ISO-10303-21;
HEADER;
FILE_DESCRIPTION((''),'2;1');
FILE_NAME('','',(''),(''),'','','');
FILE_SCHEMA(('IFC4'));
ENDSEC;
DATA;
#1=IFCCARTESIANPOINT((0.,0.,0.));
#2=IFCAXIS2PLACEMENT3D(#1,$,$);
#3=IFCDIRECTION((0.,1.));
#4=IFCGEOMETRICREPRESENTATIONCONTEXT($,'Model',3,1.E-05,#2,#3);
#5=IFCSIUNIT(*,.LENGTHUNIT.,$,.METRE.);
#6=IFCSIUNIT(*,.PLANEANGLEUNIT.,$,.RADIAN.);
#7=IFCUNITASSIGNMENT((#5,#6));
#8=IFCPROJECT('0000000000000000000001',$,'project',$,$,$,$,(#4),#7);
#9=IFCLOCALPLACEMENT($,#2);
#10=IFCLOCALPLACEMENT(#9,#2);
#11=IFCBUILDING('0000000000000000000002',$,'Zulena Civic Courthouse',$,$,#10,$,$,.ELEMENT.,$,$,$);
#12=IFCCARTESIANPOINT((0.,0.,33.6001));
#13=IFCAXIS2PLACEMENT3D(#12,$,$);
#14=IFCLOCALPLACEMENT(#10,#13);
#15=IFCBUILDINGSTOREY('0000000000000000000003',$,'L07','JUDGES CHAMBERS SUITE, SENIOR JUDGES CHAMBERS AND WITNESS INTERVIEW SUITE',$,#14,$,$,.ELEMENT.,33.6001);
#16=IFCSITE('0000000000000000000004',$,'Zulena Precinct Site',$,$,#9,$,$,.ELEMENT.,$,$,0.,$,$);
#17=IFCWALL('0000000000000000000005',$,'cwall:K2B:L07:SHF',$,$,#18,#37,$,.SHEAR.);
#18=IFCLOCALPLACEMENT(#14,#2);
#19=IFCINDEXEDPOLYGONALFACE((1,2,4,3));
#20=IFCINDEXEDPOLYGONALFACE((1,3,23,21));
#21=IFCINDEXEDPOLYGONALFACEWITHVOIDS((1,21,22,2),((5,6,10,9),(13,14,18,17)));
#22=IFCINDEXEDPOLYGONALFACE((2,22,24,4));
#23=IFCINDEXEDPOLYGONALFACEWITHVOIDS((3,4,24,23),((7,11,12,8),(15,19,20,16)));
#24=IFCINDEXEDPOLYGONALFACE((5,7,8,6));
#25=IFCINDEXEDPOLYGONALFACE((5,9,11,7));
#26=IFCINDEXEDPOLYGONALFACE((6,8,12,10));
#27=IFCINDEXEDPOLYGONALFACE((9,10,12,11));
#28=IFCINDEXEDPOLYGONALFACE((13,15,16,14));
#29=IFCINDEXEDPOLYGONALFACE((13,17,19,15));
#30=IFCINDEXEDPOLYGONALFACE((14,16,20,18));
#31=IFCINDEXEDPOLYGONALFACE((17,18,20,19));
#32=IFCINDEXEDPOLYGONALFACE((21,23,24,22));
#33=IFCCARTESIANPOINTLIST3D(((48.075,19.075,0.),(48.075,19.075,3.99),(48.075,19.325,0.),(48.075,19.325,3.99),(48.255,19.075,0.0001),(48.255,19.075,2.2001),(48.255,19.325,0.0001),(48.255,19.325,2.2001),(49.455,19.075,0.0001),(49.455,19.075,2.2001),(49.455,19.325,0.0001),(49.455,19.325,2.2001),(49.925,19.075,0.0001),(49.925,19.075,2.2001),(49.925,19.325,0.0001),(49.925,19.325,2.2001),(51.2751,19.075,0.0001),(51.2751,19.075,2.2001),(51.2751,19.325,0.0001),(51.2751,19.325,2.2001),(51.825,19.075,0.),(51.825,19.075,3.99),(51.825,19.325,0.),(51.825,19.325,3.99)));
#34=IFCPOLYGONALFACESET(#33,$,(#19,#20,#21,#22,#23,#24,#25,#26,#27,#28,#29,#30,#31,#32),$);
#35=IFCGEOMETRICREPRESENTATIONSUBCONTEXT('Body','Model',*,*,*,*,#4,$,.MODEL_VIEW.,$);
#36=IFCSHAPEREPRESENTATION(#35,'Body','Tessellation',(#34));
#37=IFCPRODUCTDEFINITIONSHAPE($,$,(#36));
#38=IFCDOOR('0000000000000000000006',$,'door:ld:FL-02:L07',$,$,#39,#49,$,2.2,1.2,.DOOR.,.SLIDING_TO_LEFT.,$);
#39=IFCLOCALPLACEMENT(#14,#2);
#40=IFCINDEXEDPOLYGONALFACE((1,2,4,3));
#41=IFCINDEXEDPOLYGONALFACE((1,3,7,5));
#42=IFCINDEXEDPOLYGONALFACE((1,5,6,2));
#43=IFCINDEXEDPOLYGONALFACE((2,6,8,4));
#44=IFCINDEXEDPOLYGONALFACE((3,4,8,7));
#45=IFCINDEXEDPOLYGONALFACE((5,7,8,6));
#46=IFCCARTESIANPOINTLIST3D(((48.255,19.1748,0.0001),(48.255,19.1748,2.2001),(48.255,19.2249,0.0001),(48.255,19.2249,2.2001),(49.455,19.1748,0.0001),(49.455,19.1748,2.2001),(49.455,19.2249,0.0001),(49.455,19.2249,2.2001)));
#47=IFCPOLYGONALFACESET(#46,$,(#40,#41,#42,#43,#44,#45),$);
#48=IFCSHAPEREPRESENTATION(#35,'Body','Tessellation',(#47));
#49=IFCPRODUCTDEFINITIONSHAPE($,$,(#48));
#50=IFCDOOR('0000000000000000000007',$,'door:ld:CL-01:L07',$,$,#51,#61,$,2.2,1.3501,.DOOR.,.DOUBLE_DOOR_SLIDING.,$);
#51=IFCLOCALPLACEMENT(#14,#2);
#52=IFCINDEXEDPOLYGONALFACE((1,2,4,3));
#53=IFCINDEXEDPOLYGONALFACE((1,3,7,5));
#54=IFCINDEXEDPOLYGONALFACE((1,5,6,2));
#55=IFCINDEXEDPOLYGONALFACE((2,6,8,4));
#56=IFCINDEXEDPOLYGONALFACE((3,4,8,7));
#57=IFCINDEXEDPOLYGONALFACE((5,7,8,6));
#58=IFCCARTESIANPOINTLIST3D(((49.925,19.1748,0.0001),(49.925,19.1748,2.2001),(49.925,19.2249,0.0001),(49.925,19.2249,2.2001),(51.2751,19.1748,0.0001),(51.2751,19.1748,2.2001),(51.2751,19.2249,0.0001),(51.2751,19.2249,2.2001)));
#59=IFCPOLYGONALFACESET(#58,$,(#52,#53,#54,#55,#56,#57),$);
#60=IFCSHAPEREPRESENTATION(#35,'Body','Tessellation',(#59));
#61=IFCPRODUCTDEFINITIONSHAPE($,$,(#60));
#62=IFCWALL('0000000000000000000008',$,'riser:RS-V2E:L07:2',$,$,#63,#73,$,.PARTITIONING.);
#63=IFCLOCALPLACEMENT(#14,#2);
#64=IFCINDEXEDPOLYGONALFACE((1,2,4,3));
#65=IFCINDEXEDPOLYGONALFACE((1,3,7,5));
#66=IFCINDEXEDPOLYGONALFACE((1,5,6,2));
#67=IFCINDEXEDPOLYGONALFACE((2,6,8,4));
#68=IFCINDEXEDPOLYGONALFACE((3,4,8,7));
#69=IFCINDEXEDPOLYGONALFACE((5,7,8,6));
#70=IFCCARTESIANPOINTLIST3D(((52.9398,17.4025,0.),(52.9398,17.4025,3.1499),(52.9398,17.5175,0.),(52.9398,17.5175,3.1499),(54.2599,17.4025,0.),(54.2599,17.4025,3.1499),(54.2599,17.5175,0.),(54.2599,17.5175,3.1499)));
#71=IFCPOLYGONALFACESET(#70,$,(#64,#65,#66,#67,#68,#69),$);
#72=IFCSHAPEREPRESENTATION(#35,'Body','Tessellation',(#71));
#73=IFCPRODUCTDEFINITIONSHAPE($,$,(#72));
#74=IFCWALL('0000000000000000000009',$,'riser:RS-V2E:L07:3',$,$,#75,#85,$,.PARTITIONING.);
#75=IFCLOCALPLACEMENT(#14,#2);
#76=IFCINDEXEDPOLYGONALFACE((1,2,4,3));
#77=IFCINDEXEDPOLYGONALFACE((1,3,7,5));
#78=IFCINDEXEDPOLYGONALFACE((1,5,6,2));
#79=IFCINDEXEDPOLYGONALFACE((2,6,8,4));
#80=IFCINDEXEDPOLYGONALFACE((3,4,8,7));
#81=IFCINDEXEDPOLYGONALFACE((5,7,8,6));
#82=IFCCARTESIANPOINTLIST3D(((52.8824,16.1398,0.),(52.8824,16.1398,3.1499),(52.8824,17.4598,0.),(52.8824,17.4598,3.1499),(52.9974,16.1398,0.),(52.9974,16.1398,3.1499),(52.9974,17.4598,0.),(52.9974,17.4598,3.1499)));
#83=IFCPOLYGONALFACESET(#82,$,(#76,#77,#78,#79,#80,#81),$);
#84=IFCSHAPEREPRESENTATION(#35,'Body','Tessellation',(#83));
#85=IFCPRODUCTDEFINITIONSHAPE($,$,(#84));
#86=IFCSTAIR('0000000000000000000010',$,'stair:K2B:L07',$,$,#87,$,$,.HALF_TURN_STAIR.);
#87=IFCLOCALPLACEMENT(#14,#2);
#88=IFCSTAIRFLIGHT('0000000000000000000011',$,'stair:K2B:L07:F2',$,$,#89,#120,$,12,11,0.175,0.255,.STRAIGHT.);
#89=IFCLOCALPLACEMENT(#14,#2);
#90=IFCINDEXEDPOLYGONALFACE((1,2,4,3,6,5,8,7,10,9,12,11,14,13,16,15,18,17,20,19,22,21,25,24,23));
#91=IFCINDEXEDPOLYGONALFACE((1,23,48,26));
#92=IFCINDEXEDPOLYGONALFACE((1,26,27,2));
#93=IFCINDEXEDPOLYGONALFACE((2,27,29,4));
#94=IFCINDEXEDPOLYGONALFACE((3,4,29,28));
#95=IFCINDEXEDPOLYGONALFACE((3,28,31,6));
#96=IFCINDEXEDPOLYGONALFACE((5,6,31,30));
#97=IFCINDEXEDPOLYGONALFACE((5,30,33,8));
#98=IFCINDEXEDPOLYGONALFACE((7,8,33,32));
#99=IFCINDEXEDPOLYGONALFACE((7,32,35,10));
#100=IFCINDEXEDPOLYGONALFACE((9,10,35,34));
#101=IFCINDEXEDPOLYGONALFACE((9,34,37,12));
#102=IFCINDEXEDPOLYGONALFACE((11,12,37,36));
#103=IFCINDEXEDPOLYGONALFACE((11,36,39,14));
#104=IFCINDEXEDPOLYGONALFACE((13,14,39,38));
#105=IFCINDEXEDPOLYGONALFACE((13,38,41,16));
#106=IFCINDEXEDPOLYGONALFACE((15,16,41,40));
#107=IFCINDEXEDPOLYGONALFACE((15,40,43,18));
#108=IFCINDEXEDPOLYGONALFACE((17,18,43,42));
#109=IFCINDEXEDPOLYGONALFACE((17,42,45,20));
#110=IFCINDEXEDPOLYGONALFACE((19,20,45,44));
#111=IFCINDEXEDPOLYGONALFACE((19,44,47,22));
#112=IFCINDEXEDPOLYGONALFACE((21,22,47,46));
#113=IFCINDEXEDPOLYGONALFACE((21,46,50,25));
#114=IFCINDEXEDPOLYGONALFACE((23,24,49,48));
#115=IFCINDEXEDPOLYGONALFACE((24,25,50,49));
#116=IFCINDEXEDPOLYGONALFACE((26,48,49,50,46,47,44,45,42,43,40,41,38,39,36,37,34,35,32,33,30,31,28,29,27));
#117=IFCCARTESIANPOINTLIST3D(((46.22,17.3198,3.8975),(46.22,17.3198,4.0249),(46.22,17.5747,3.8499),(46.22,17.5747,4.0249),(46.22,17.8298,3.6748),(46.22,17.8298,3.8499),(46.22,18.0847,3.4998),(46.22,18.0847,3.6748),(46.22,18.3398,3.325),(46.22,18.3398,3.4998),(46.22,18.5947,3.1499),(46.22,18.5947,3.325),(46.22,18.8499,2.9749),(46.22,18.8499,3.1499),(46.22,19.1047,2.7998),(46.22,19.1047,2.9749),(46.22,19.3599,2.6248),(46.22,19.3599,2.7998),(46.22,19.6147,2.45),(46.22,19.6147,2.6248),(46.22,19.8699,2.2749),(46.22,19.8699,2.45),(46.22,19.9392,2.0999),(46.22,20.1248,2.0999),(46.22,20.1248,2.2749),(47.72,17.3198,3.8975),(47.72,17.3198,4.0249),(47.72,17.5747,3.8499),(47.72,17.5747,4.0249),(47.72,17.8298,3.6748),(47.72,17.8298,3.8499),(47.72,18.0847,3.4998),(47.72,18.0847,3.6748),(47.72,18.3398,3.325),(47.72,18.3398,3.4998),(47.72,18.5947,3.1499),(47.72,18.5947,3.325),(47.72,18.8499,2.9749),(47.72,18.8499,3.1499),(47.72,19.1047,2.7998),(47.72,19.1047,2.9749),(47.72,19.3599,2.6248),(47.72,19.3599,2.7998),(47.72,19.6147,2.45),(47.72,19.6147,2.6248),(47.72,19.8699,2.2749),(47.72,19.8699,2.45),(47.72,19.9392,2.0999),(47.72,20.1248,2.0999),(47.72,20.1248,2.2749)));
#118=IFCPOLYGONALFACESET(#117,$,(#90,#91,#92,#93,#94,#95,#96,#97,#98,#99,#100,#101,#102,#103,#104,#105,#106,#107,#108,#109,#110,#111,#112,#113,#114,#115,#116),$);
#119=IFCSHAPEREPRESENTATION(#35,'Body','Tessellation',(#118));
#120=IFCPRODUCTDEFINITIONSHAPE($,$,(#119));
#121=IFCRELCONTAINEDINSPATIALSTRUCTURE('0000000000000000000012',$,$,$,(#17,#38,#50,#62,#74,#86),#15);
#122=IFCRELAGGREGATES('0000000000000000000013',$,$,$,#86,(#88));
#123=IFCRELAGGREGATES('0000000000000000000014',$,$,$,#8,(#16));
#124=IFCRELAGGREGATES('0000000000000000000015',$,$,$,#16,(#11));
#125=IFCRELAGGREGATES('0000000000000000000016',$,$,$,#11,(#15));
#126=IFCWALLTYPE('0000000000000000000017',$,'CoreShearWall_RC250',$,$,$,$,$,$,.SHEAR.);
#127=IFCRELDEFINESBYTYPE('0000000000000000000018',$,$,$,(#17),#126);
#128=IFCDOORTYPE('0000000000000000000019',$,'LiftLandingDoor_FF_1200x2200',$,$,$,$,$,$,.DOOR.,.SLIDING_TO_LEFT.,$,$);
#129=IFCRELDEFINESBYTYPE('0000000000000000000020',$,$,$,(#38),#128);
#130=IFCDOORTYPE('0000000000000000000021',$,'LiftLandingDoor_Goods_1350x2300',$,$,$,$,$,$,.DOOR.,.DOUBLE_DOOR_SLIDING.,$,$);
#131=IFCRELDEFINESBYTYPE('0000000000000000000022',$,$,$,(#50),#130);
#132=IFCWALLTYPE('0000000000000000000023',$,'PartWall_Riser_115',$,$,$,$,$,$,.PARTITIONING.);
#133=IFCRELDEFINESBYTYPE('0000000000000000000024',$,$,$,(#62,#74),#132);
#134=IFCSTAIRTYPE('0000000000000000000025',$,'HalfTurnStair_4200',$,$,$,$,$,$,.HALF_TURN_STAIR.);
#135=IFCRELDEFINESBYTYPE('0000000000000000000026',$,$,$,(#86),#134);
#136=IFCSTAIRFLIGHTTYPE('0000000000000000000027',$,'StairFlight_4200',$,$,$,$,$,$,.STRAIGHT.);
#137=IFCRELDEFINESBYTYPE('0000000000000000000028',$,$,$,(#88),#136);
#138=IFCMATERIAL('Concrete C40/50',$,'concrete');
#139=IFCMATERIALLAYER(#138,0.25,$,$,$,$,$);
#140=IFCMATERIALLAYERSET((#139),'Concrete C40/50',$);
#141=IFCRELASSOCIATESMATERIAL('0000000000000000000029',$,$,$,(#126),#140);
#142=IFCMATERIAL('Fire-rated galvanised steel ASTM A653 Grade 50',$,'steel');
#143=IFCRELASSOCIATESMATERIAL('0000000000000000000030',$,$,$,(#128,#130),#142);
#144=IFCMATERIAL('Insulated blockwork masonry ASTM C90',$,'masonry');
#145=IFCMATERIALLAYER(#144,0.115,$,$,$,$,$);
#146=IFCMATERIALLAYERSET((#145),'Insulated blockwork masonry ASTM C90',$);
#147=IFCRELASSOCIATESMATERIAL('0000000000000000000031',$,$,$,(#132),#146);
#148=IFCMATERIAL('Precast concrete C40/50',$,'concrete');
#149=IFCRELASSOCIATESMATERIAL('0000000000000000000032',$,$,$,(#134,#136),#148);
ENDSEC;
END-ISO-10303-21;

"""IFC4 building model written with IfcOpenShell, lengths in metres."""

from ifc_helpers import new_model, si_unit, direction, frame, frame_2d, origin, place, context, subcontext, project, spatial, polyline, rectangle, outline, extrude, material, layer, layer_set, type_object, element, fill, aggregate, save


model = new_model("IFC4")

# Units and contexts
model_context = context("Model", 3, precision=1e-05, world=origin(), true_north=direction((0.0, 1.0)))
body_context = subcontext(model_context, "Body", "Model", "MODEL_VIEW")
ifc_project = project(units=[si_unit("LENGTHUNIT", "METRE"), si_unit("PLANEANGLEUNIT", "RADIAN")], contexts=[model_context])

# Site, building, storey
site_placement = place(None, origin())
site = spatial("IfcSite", under=ifc_project, at=site_placement, Name="Zulena Precinct Site", CompositionType="ELEMENT", RefElevation=0.0)
building_placement = place(site_placement, origin())
building = spatial("IfcBuilding", under=site, at=building_placement, Name="Zulena Civic Courthouse", CompositionType="ELEMENT")
storey_placement = place(building_placement, frame((0.0, 0.0, 33.6001)))
storey = spatial("IfcBuildingStorey", under=building, at=storey_placement, Name="L07", Description="JUDGES CHAMBERS SUITE, SENIOR JUDGES CHAMBERS AND WITNESS INTERVIEW SUITE", CompositionType="ELEMENT", Elevation=33.6001)

# Wall, openings, doors
ifc_material_1 = material(Name="Concrete C40/50", Category="concrete")
ifc_layer_1 = layer(ifc_material_1, 0.25)
ifc_layer_set_1 = layer_set([ifc_layer_1], Name="Concrete C40/50")
wall_type_1 = type_object("IfcWallType", Name="CoreShearWall_RC250", PredefinedType="SHEAR", material=ifc_layer_set_1)
wall_placement = place(storey_placement, frame((48.075, 19.2, 0.0), z_axis=(0.0, 0.0, 1.0), x_axis=(1.0, 0.0, 0.0)))
wall = element("IfcWall", 1, at=wall_placement, inside=storey, type_object=wall_type_1, Name="cwall:K2B:L07:SHF", PredefinedType="SHEAR", context=body_context, shape_type="SweptSolid", body=[
    extrude(rectangle(XDim=3.75, YDim=0.25, at=frame_2d((1.875, 0.0))), origin(), (0.0, 0.0, 1.0), 3.99),
])
opening_1_placement = place(wall_placement, frame((0.1799, 0.0, 0.0)))
opening_1 = element("IfcOpeningElement", 2, at=opening_1_placement, cuts=wall, PredefinedType="OPENING", context=body_context, shape_type="SweptSolid", body=[
    extrude(rectangle(XDim=1.2, YDim=2.2, at=frame_2d((0.6001, 1.1001))), frame((0.0, 0.135, 0.0), z_axis=(0.0, -1.0, 0.0), x_axis=(1.0, 0.0, 0.0)), (0.0, 0.0, 1.0), 0.27),
])
opening_2_placement = place(wall_placement, frame((1.8501, 0.0, 0.0)))
opening_2 = element("IfcOpeningElement", 3, at=opening_2_placement, cuts=wall, PredefinedType="OPENING", context=body_context, shape_type="SweptSolid", body=[
    extrude(rectangle(XDim=1.3501, YDim=2.2, at=frame_2d((0.675, 1.1001))), frame((0.0, 0.135, 0.0), z_axis=(0.0, -1.0, 0.0), x_axis=(1.0, 0.0, 0.0)), (0.0, 0.0, 1.0), 0.27),
])
ifc_material_2 = material(Name="Fire-rated galvanised steel ASTM A653 Grade 50", Category="steel")
door_type_1 = type_object("IfcDoorType", Name="LiftLandingDoor_FF_1200x2200", OperationType="SLIDING_TO_LEFT", PredefinedType="DOOR", material=ifc_material_2)
door_1_placement = place(opening_1_placement, origin())
door_1 = element("IfcDoor", 4, at=door_1_placement, inside=storey, type_object=door_type_1, Name="door:ld:FL-02:L07", OperationType="SLIDING_TO_LEFT", OverallHeight=2.2, OverallWidth=1.2, PredefinedType="DOOR", context=body_context, shape_type="SweptSolid", body=[
    extrude(rectangle(XDim=1.2, YDim=2.2, at=frame_2d((0.6001, 1.1001))), frame((0.0, 0.0249, 0.0), z_axis=(0.0, -1.0, 0.0), x_axis=(1.0, 0.0, 0.0)), (0.0, 0.0, 1.0), 0.05),
])
fill(opening_1, door_1)
door_type_2 = type_object("IfcDoorType", Name="LiftLandingDoor_Goods_1350x2300", OperationType="DOUBLE_DOOR_SLIDING", PredefinedType="DOOR", material=ifc_material_2)
door_2_placement = place(opening_2_placement, origin())
door_2 = element("IfcDoor", 5, at=door_2_placement, inside=storey, type_object=door_type_2, Name="door:ld:CL-01:L07", OperationType="DOUBLE_DOOR_SLIDING", OverallHeight=2.2, OverallWidth=1.3501, PredefinedType="DOOR", context=body_context, shape_type="SweptSolid", body=[
    extrude(rectangle(XDim=1.3501, YDim=2.2, at=frame_2d((0.675, 1.1001))), frame((0.0, 0.0249, 0.0), z_axis=(0.0, -1.0, 0.0), x_axis=(1.0, 0.0, 0.0)), (0.0, 0.0, 1.0), 0.05),
])
fill(opening_2, door_2)

# Walls
ifc_material_3 = material(Name="Insulated blockwork masonry ASTM C90", Category="masonry")
ifc_layer_2 = layer(ifc_material_3, 0.115)
ifc_layer_set_2 = layer_set([ifc_layer_2], Name="Insulated blockwork masonry ASTM C90")
wall_type_2 = type_object("IfcWallType", Name="PartWall_Riser_115", PredefinedType="PARTITIONING", material=ifc_layer_set_2)
for number, where, z_axis, x_axis, name in (
    (6, (54.26, 17.46, 0.0), (0.0, 0.0, 1.0), (-1.0, 0.0, 0.0), "riser:RS-V2E:L07:2"),
    (7, (52.9399, 17.46, 0.0), (0.0, 0.0, 1.0), (0.0, -1.0, 0.0), "riser:RS-V2E:L07:3"),
):
    element("IfcWall", number, at=place(storey_placement, frame(where, z_axis=z_axis, x_axis=x_axis)), inside=storey, type_object=wall_type_2, Name=name, PredefinedType="PARTITIONING", context=body_context, shape_type="SweptSolid", body=[
        extrude(rectangle(XDim=1.3201, YDim=0.115, at=frame_2d((0.6602, 0.0))), origin(), (0.0, 0.0, 1.0), 3.1499),
    ])

# Stair, stair flight
ifc_material_4 = material(Name="Precast concrete C40/50", Category="concrete")
stair_type = type_object("IfcStairType", Name="HalfTurnStair_4200", PredefinedType="HALF_TURN_STAIR", material=ifc_material_4)
stair_placement = place(storey_placement, origin())
stair = element("IfcStair", 8, at=stair_placement, inside=storey, type_object=stair_type, Name="stair:K2B:L07", PredefinedType="HALF_TURN_STAIR")
stair_flight_type = type_object("IfcStairFlightType", Name="StairFlight_4200", PredefinedType="STRAIGHT", material=ifc_material_4)
stair_flight_placement = place(storey_placement, frame((46.97, 20.1248, 2.0999), z_axis=(0.0, 0.0, 1.0), x_axis=(0.0, -1.0, 0.0)))
stair_flight = element("IfcStairFlight", 9, at=stair_flight_placement, type_object=stair_flight_type, Name="stair:K2B:L07:F2", NumberOfRisers=12, NumberOfTreads=11, PredefinedType="STRAIGHT", RiserHeight=0.175, TreadLength=0.255, context=body_context, shape_type="SweptSolid", body=[
    extrude(outline(polyline([(0.0, 0.0), (0.0, 0.175), (0.2549, 0.175), (0.2549, 0.3501), (0.51, 0.3501), (0.51, 0.5249), (0.7649, 0.5249), (0.7649, 0.7), (1.02, 0.7), (1.02, 0.875), (1.2749, 0.875), (1.2749, 1.05), (1.53, 1.05), (1.53, 1.2251), (1.7849, 1.2251), (1.7849, 1.3999), (2.04, 1.3999), (2.04, 1.575), (2.2949, 1.575), (2.2949, 1.75), (2.55, 1.75), (2.55, 1.925), (2.8049, 1.925), (2.8049, 2.1001), (2.8049, 1.7976), (0.1855, 0.0), (0.0, 0.0)])), frame((0.0, 0.75, 0.0), z_axis=(0.0, -1.0, 0.0), x_axis=(1.0, 0.0, 0.0)), (0.0, 0.0, 1.0), 1.5),
])
aggregate(stair, [stair_flight])

save(model, "model.ifc")
